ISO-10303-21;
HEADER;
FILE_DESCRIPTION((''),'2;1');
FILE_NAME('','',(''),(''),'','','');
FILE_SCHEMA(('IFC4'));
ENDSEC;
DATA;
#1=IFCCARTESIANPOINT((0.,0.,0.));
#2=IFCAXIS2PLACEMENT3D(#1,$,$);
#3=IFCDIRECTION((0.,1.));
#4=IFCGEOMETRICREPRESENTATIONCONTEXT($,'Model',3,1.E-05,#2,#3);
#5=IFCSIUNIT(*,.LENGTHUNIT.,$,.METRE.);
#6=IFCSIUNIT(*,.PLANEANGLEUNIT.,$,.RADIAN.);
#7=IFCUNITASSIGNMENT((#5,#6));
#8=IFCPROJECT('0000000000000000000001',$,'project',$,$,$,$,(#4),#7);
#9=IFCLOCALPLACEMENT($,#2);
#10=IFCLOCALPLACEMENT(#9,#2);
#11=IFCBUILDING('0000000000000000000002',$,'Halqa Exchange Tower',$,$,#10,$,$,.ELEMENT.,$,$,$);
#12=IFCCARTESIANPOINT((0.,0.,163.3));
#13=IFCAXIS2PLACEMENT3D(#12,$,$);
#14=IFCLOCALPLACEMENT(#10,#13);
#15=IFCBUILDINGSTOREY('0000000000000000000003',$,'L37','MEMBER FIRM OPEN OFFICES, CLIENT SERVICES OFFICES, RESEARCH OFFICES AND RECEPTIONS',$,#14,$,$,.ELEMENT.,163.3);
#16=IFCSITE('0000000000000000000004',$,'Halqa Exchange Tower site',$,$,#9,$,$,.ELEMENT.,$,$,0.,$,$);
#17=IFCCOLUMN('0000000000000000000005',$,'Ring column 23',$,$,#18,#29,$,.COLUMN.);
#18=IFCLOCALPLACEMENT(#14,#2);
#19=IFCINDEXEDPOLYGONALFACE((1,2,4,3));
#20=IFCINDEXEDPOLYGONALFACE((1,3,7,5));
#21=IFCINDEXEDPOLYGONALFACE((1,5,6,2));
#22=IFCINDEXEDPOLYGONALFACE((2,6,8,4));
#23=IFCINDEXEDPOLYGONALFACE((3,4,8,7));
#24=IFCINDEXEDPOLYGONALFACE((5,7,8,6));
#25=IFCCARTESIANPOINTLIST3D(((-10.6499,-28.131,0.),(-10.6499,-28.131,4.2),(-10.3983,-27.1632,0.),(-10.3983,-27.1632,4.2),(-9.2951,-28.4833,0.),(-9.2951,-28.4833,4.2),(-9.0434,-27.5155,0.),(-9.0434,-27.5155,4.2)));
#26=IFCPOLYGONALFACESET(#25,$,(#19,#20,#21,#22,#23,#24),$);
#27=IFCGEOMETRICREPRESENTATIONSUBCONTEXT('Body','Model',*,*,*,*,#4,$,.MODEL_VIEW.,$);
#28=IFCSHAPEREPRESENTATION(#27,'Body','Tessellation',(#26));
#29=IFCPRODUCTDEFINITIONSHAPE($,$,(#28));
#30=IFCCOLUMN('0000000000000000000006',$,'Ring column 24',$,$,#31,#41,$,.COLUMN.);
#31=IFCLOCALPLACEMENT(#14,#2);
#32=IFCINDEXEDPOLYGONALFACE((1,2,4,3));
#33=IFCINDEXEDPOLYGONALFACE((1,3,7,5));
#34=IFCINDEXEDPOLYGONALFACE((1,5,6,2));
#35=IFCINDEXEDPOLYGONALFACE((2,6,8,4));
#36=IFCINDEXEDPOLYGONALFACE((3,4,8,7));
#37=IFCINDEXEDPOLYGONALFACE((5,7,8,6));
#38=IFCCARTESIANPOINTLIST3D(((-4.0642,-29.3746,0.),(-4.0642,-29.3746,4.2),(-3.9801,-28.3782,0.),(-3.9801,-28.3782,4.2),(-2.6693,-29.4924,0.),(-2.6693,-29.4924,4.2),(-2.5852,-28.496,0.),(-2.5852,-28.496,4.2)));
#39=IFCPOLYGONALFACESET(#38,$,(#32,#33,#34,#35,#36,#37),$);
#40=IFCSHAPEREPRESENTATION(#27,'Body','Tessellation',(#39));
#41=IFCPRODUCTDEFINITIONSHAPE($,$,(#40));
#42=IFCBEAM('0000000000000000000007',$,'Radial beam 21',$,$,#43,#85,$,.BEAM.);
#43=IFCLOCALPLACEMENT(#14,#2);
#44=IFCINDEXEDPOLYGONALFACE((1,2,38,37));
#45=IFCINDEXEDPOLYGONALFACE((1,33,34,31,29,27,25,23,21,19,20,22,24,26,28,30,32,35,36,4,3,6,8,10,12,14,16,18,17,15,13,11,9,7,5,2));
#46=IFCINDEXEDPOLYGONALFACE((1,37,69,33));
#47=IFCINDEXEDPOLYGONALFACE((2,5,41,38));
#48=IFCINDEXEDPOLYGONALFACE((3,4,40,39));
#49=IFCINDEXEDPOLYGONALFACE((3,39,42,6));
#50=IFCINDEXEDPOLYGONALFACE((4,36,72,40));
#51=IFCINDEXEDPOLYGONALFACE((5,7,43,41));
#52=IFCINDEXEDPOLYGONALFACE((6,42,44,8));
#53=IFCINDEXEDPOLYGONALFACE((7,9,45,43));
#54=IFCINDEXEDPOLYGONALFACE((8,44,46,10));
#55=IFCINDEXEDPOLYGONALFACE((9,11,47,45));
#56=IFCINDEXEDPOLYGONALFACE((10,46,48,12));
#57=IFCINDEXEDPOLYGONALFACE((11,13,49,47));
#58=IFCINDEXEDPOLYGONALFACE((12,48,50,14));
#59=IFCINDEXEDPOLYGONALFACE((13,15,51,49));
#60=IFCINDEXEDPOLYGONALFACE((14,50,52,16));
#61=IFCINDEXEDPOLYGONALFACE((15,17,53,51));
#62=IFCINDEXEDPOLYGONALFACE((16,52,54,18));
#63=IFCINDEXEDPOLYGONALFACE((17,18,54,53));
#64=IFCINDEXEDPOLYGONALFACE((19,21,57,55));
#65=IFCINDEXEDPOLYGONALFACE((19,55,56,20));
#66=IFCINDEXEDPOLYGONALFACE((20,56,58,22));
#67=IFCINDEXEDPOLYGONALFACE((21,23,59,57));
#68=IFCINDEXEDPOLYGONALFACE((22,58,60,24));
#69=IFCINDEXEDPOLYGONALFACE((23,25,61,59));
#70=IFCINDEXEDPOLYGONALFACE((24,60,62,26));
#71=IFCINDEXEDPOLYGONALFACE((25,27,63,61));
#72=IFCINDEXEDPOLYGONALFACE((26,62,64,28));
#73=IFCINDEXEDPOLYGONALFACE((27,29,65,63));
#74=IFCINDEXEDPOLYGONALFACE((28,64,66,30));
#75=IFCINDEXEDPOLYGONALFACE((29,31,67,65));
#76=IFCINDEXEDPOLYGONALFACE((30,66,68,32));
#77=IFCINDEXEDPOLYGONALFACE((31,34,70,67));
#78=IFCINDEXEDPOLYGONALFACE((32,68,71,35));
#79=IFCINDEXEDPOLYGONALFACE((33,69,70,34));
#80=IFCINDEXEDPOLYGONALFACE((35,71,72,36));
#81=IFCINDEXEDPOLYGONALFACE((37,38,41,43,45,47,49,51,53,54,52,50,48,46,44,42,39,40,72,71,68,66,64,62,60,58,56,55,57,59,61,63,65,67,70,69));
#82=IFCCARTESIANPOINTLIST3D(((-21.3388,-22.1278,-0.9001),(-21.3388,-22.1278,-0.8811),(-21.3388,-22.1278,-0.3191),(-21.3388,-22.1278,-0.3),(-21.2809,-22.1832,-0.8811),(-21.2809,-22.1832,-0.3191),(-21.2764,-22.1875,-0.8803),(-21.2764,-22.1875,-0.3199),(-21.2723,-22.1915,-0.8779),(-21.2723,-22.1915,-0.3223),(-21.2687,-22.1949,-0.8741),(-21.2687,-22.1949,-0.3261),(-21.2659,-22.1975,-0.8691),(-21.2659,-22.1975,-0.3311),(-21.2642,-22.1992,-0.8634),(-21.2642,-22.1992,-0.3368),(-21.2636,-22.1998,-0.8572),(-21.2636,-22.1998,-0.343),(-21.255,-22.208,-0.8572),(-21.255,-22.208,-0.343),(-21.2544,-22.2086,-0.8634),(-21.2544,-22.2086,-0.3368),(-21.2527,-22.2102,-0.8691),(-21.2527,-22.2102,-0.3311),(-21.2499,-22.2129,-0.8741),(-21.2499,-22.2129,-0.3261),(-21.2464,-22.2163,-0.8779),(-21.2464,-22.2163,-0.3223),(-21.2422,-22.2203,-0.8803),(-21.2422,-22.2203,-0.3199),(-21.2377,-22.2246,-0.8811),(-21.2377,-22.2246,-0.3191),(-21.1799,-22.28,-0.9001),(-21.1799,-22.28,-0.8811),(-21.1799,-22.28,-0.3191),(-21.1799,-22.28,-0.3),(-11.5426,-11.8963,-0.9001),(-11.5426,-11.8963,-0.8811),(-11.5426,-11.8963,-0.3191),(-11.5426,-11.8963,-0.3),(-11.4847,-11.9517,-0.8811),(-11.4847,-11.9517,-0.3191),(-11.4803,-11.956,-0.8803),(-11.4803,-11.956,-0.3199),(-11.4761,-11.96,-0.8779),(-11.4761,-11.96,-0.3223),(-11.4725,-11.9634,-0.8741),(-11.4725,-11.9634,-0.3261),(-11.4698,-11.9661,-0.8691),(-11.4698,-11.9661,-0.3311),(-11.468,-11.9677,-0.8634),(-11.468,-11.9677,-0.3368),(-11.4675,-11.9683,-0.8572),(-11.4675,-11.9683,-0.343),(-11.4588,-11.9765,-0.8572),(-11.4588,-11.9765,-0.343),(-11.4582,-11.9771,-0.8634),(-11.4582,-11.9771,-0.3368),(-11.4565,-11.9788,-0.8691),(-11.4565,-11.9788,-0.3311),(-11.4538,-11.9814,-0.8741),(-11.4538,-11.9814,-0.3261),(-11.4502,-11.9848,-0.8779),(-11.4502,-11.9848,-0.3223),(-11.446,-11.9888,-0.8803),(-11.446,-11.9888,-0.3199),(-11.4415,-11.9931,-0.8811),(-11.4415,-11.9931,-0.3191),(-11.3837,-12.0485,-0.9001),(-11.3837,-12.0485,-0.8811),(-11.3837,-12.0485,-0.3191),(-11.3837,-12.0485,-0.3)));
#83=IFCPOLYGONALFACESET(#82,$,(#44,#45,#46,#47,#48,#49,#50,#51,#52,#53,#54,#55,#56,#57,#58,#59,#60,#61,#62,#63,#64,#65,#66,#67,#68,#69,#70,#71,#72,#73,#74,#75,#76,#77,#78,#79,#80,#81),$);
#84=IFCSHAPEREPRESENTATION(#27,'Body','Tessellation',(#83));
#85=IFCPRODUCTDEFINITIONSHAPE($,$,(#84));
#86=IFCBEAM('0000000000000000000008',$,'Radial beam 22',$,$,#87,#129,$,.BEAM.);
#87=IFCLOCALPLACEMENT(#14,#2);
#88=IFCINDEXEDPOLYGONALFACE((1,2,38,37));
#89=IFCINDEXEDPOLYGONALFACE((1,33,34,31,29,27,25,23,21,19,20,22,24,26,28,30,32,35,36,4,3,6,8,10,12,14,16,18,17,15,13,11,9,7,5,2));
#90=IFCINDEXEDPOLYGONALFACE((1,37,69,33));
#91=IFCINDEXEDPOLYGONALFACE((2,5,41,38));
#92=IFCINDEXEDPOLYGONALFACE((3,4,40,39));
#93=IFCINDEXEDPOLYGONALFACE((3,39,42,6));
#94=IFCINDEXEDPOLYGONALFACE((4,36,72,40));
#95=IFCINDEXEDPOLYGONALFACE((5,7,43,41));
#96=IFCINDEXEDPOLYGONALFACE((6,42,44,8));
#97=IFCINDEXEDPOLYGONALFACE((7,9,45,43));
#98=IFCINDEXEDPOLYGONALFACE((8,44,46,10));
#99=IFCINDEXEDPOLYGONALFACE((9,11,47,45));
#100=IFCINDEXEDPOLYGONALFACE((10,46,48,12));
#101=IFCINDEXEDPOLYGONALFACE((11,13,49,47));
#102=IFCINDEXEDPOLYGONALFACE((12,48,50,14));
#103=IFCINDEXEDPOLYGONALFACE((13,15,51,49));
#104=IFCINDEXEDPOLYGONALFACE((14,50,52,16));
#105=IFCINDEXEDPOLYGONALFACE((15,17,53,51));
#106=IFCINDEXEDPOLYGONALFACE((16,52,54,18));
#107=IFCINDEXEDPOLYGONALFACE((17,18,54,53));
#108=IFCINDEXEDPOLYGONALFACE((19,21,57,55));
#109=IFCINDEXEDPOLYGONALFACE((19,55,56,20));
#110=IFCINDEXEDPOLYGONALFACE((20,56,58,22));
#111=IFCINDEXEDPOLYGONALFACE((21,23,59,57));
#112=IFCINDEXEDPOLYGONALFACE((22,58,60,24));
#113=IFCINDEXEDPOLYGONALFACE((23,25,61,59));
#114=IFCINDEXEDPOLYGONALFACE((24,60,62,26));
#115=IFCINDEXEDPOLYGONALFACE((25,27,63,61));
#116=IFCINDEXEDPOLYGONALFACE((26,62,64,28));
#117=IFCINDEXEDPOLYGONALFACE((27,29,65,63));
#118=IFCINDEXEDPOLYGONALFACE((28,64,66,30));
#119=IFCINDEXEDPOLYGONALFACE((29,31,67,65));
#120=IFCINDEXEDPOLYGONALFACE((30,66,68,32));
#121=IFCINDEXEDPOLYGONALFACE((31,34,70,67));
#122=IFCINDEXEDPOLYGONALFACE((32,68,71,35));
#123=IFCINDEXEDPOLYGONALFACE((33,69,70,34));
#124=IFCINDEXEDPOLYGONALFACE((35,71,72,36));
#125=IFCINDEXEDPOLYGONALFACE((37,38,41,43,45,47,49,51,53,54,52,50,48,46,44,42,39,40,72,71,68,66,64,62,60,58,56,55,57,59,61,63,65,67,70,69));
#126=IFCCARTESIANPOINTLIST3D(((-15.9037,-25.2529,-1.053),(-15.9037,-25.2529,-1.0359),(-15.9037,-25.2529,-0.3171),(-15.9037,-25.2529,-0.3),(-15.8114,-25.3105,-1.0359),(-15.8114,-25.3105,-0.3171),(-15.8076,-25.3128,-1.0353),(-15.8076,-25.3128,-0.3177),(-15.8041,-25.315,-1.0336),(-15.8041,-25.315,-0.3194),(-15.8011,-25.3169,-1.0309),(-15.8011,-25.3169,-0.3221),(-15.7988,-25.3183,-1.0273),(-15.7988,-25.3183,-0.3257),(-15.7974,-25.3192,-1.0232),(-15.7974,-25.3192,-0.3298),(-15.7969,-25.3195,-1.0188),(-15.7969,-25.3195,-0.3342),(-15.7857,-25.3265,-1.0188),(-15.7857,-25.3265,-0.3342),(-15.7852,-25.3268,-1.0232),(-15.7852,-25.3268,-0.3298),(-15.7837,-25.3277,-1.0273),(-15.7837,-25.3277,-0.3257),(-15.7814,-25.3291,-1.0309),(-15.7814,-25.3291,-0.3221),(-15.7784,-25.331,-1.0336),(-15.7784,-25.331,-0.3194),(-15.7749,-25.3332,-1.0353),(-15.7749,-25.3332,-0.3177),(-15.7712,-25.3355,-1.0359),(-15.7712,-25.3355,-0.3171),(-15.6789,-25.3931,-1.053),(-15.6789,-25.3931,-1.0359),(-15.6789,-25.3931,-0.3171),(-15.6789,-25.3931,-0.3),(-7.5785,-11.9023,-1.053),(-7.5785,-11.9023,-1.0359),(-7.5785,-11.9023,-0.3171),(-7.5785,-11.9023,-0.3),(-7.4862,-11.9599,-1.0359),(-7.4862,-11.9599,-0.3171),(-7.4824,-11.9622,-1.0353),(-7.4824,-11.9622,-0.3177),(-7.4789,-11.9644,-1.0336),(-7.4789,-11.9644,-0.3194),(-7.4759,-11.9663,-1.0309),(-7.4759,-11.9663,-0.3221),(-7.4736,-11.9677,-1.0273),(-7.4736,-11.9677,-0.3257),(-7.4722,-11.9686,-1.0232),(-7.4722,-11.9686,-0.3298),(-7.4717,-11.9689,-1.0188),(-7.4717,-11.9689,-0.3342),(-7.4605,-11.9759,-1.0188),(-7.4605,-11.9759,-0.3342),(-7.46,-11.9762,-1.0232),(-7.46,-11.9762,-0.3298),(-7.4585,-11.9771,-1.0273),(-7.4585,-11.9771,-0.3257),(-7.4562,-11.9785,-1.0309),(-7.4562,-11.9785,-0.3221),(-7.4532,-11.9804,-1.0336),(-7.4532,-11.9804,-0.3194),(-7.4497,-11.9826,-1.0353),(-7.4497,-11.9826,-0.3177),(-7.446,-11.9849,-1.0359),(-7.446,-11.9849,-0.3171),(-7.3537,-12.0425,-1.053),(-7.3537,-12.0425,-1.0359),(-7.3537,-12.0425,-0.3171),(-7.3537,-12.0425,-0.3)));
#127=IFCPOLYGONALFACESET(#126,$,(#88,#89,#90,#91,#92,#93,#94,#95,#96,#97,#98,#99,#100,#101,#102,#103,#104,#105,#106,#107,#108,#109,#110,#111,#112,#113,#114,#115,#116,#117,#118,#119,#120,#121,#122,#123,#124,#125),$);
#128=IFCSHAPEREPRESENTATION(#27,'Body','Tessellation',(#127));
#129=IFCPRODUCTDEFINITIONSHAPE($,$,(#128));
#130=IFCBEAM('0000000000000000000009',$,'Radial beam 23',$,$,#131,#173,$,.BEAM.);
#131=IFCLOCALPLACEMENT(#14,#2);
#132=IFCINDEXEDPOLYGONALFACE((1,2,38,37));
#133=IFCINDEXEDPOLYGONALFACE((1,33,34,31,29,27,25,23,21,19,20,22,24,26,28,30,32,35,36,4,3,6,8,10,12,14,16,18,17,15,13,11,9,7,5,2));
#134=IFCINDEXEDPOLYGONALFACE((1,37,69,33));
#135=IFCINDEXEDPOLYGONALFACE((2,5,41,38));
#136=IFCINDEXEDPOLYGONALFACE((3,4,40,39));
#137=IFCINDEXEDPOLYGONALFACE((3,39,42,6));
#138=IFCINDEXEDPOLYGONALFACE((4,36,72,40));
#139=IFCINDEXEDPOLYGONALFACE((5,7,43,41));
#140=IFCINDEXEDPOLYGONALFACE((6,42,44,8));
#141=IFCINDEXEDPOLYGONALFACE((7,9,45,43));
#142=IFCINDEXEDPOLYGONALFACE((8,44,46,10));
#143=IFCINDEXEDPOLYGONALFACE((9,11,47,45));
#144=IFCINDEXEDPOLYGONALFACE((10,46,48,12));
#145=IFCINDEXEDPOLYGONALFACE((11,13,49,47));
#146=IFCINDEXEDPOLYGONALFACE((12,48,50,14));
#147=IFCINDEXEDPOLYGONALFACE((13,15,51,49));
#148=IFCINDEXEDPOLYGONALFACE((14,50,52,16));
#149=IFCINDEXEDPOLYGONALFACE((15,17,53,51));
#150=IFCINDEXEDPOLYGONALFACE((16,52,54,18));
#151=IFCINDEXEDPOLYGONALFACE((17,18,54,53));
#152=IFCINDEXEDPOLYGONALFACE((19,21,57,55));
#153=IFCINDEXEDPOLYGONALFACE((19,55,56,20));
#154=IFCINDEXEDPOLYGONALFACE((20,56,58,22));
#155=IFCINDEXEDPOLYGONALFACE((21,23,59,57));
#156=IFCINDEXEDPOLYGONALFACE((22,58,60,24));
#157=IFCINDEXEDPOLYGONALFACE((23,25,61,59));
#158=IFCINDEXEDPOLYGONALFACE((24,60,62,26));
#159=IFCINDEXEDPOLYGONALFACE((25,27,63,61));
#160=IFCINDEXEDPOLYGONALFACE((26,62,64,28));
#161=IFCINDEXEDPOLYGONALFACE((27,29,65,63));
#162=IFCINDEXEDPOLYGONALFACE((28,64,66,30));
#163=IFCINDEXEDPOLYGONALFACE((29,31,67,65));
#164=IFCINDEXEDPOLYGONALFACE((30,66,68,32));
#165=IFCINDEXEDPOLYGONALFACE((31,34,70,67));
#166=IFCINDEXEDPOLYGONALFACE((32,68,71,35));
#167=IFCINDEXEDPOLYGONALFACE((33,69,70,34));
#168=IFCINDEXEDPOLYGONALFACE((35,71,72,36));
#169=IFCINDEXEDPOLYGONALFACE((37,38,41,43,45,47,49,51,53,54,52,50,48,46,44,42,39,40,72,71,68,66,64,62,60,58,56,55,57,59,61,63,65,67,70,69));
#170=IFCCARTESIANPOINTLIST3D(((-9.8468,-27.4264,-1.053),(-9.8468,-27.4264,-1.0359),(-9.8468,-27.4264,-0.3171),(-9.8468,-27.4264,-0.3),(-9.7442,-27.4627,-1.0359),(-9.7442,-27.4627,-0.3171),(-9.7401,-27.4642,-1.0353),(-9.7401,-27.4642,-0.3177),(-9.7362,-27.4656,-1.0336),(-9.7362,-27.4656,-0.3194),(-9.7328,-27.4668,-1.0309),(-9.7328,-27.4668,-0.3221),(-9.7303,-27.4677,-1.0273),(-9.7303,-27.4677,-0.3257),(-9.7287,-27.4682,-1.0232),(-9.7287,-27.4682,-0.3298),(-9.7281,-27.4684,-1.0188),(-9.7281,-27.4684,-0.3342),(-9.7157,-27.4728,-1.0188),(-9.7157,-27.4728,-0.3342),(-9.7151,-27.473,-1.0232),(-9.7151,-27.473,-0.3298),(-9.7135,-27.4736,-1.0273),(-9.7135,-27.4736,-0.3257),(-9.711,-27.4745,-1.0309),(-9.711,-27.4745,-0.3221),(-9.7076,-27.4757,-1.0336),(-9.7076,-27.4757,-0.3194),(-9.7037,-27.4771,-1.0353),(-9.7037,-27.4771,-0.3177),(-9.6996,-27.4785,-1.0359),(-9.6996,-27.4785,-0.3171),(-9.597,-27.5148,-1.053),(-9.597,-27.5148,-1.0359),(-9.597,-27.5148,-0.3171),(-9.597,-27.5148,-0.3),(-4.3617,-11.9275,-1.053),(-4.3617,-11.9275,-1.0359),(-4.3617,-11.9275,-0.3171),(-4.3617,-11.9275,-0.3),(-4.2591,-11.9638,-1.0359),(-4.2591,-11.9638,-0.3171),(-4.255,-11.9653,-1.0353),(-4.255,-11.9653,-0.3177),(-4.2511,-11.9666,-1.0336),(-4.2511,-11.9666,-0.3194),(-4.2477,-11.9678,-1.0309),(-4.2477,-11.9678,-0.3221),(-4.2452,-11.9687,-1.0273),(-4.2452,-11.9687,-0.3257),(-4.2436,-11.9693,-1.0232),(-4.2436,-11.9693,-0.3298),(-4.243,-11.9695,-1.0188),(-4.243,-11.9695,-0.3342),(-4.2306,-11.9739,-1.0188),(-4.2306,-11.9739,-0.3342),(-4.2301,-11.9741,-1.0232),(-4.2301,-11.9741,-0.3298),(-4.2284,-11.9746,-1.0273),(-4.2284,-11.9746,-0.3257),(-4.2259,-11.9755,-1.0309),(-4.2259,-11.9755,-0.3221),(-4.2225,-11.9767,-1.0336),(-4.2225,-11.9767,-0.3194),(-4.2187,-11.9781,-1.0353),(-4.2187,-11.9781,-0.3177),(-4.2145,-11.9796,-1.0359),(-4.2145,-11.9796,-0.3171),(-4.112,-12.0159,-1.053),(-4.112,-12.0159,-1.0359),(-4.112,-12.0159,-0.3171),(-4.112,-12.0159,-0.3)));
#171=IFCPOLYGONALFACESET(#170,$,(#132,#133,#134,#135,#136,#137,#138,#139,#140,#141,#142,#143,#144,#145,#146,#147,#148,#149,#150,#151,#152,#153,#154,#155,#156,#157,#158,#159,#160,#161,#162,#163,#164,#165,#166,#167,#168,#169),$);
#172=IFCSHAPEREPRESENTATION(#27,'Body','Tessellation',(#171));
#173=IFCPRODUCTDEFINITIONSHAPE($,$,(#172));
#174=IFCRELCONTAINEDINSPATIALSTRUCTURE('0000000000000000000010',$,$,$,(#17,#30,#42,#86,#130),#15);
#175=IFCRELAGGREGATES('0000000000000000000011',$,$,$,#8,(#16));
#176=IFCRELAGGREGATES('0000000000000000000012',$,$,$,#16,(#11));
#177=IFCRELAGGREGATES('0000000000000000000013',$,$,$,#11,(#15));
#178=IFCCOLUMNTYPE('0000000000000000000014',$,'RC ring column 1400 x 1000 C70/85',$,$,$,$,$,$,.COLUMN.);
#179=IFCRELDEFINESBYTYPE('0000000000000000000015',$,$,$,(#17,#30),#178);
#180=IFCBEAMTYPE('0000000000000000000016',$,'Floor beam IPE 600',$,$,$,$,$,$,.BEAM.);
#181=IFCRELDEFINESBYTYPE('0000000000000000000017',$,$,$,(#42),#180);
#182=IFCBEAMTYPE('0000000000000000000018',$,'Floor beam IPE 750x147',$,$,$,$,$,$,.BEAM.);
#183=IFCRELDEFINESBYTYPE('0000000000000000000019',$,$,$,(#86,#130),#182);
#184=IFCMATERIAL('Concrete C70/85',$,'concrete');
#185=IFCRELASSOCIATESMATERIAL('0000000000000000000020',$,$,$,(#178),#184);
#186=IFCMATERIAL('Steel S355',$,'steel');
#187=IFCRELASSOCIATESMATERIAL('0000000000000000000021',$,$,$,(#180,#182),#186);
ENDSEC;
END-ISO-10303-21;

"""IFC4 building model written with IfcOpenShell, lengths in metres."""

from ifc_helpers import new_model, si_unit, direction, frame, origin, origin_2d, place, context, subcontext, project, spatial, rectangle, i_section, extrude, material, material_profile, profile_set, type_object, element, save


model = new_model("IFC4")

# Units and contexts
model_context = context("Model", 3, precision=1e-05, world=origin(), true_north=direction((0.0, 1.0)))
body_context = subcontext(model_context, "Body", "Model", "MODEL_VIEW")
ifc_project = project(units=[si_unit("LENGTHUNIT", "METRE"), si_unit("PLANEANGLEUNIT", "RADIAN")], contexts=[model_context])

# Site, building, storey
site_placement = place(None, origin())
site = spatial("IfcSite", under=ifc_project, at=site_placement, Name="Halqa Exchange Tower site", CompositionType="ELEMENT", RefElevation=0.0)
building_placement = place(site_placement, origin())
building = spatial("IfcBuilding", under=site, at=building_placement, Name="Halqa Exchange Tower", CompositionType="ELEMENT")
storey_placement = place(building_placement, frame((0.0, 0.0, 163.3)))
storey = spatial("IfcBuildingStorey", under=building, at=storey_placement, Name="L37", Description="MEMBER FIRM OPEN OFFICES, CLIENT SERVICES OFFICES, RESEARCH OFFICES AND RECEPTIONS", CompositionType="ELEMENT", Elevation=163.3)

# Columns
ifc_material_1 = material(Name="Concrete C70/85", Category="concrete")
ifc_material_profile_1 = material_profile(ifc_material_1, rectangle(XDim=1.3999, YDim=1.0, at=origin_2d()), Name="1400 x 1000")
ifc_profile_set_1 = profile_set([ifc_material_profile_1], Name="Concrete C70/85")
column_type = type_object("IfcColumnType", Name="RC ring column 1400 x 1000 C70/85", PredefinedType="COLUMN", material=ifc_profile_set_1)
for number, where, z_axis, x_axis, name in (
    (1, (-9.8467, -27.8232, 0.0), (0.0, 0.0, 1.0), (0.96782, -0.251645, 0.0), "Ring column 23"),
    (2, (-3.3247, -28.9353, 0.0), (0.0, 0.0, 1.0), (0.996455, -0.084125, 0.0), "Ring column 24"),
):
    element("IfcColumn", number, at=place(storey_placement, frame(where, z_axis=z_axis, x_axis=x_axis)), inside=storey, type_object=column_type, Name=name, PredefinedType="COLUMN", context=body_context, shape_type="SweptSolid", body=[
        extrude(rectangle(XDim=1.3999, YDim=1.0, at=origin_2d()), origin(), (0.0, 0.0, 1.0), 4.2),
    ])

# Beams
ifc_material_2 = material(Name="Steel S355", Category="steel")
ifc_material_profile_2 = material_profile(ifc_material_2, i_section(OverallWidth=0.22, OverallDepth=0.6001, WebThickness=0.012, FlangeThickness=0.019, FilletRadius=0.0239, at=origin_2d()), Name="IPE 600")
ifc_profile_set_2 = profile_set([ifc_material_profile_2], Name="Steel S355")
beam_type_1 = type_object("IfcBeamType", Name="Floor beam IPE 600", PredefinedType="BEAM", material=ifc_profile_set_2)
beam_1_placement = place(storey_placement, frame((-11.4631, -11.9724, -0.6001), z_axis=(-0.691574, -0.722305, 0.0), x_axis=(0.722305, -0.691574, 0.0)))
element("IfcBeam", 3, at=beam_1_placement, inside=storey, type_object=beam_type_1, Name="Radial beam 21", PredefinedType="BEAM", context=body_context, shape_type="SweptSolid", body=[
    extrude(i_section(OverallWidth=0.22, OverallDepth=0.6001, WebThickness=0.012, FlangeThickness=0.019, FilletRadius=0.0239, at=origin_2d()), origin(), (0.0, 0.0, 1.0), 14.165),
])
ifc_material_profile_3 = material_profile(ifc_material_2, i_section(OverallWidth=0.2649, OverallDepth=0.7529, WebThickness=0.0132, FlangeThickness=0.0171, FilletRadius=0.0171, at=origin_2d()), Name="IPE 750x147")
ifc_profile_set_3 = profile_set([ifc_material_profile_3], Name="Steel S355")
beam_type_2 = type_object("IfcBeamType", Name="Floor beam IPE 750x147", PredefinedType="BEAM", material=ifc_profile_set_3)
beam_2_placement = place(storey_placement, frame((-7.4661, -11.9724, -0.6765), z_axis=(-0.529134, -0.848538, 0.0), x_axis=(0.848538, -0.529134, 0.0)))
element("IfcBeam", 4, at=beam_2_placement, inside=storey, type_object=beam_type_2, Name="Radial beam 22", PredefinedType="BEAM", context=body_context, shape_type="SweptSolid", body=[
    extrude(i_section(OverallWidth=0.2649, OverallDepth=0.7529, WebThickness=0.0132, FlangeThickness=0.0171, FilletRadius=0.0171, at=origin_2d()), origin(), (0.0, 0.0, 1.0), 15.7336),
])
beam_3_placement = place(storey_placement, frame((-4.2368, -11.9717, -0.6765), z_axis=(-0.333624, -0.942706, 0.0), x_axis=(0.942706, -0.333624, 0.0)))
element("IfcBeam", 5, at=beam_3_placement, inside=storey, type_object=beam_type_2, Name="Radial beam 23", PredefinedType="BEAM", context=body_context, shape_type="SweptSolid", body=[
    extrude(i_section(OverallWidth=0.2649, OverallDepth=0.7529, WebThickness=0.0132, FlangeThickness=0.0171, FilletRadius=0.0171, at=origin_2d()), origin(), (0.0, 0.0, 1.0), 16.4409),
])

save(model, "model.ifc")
